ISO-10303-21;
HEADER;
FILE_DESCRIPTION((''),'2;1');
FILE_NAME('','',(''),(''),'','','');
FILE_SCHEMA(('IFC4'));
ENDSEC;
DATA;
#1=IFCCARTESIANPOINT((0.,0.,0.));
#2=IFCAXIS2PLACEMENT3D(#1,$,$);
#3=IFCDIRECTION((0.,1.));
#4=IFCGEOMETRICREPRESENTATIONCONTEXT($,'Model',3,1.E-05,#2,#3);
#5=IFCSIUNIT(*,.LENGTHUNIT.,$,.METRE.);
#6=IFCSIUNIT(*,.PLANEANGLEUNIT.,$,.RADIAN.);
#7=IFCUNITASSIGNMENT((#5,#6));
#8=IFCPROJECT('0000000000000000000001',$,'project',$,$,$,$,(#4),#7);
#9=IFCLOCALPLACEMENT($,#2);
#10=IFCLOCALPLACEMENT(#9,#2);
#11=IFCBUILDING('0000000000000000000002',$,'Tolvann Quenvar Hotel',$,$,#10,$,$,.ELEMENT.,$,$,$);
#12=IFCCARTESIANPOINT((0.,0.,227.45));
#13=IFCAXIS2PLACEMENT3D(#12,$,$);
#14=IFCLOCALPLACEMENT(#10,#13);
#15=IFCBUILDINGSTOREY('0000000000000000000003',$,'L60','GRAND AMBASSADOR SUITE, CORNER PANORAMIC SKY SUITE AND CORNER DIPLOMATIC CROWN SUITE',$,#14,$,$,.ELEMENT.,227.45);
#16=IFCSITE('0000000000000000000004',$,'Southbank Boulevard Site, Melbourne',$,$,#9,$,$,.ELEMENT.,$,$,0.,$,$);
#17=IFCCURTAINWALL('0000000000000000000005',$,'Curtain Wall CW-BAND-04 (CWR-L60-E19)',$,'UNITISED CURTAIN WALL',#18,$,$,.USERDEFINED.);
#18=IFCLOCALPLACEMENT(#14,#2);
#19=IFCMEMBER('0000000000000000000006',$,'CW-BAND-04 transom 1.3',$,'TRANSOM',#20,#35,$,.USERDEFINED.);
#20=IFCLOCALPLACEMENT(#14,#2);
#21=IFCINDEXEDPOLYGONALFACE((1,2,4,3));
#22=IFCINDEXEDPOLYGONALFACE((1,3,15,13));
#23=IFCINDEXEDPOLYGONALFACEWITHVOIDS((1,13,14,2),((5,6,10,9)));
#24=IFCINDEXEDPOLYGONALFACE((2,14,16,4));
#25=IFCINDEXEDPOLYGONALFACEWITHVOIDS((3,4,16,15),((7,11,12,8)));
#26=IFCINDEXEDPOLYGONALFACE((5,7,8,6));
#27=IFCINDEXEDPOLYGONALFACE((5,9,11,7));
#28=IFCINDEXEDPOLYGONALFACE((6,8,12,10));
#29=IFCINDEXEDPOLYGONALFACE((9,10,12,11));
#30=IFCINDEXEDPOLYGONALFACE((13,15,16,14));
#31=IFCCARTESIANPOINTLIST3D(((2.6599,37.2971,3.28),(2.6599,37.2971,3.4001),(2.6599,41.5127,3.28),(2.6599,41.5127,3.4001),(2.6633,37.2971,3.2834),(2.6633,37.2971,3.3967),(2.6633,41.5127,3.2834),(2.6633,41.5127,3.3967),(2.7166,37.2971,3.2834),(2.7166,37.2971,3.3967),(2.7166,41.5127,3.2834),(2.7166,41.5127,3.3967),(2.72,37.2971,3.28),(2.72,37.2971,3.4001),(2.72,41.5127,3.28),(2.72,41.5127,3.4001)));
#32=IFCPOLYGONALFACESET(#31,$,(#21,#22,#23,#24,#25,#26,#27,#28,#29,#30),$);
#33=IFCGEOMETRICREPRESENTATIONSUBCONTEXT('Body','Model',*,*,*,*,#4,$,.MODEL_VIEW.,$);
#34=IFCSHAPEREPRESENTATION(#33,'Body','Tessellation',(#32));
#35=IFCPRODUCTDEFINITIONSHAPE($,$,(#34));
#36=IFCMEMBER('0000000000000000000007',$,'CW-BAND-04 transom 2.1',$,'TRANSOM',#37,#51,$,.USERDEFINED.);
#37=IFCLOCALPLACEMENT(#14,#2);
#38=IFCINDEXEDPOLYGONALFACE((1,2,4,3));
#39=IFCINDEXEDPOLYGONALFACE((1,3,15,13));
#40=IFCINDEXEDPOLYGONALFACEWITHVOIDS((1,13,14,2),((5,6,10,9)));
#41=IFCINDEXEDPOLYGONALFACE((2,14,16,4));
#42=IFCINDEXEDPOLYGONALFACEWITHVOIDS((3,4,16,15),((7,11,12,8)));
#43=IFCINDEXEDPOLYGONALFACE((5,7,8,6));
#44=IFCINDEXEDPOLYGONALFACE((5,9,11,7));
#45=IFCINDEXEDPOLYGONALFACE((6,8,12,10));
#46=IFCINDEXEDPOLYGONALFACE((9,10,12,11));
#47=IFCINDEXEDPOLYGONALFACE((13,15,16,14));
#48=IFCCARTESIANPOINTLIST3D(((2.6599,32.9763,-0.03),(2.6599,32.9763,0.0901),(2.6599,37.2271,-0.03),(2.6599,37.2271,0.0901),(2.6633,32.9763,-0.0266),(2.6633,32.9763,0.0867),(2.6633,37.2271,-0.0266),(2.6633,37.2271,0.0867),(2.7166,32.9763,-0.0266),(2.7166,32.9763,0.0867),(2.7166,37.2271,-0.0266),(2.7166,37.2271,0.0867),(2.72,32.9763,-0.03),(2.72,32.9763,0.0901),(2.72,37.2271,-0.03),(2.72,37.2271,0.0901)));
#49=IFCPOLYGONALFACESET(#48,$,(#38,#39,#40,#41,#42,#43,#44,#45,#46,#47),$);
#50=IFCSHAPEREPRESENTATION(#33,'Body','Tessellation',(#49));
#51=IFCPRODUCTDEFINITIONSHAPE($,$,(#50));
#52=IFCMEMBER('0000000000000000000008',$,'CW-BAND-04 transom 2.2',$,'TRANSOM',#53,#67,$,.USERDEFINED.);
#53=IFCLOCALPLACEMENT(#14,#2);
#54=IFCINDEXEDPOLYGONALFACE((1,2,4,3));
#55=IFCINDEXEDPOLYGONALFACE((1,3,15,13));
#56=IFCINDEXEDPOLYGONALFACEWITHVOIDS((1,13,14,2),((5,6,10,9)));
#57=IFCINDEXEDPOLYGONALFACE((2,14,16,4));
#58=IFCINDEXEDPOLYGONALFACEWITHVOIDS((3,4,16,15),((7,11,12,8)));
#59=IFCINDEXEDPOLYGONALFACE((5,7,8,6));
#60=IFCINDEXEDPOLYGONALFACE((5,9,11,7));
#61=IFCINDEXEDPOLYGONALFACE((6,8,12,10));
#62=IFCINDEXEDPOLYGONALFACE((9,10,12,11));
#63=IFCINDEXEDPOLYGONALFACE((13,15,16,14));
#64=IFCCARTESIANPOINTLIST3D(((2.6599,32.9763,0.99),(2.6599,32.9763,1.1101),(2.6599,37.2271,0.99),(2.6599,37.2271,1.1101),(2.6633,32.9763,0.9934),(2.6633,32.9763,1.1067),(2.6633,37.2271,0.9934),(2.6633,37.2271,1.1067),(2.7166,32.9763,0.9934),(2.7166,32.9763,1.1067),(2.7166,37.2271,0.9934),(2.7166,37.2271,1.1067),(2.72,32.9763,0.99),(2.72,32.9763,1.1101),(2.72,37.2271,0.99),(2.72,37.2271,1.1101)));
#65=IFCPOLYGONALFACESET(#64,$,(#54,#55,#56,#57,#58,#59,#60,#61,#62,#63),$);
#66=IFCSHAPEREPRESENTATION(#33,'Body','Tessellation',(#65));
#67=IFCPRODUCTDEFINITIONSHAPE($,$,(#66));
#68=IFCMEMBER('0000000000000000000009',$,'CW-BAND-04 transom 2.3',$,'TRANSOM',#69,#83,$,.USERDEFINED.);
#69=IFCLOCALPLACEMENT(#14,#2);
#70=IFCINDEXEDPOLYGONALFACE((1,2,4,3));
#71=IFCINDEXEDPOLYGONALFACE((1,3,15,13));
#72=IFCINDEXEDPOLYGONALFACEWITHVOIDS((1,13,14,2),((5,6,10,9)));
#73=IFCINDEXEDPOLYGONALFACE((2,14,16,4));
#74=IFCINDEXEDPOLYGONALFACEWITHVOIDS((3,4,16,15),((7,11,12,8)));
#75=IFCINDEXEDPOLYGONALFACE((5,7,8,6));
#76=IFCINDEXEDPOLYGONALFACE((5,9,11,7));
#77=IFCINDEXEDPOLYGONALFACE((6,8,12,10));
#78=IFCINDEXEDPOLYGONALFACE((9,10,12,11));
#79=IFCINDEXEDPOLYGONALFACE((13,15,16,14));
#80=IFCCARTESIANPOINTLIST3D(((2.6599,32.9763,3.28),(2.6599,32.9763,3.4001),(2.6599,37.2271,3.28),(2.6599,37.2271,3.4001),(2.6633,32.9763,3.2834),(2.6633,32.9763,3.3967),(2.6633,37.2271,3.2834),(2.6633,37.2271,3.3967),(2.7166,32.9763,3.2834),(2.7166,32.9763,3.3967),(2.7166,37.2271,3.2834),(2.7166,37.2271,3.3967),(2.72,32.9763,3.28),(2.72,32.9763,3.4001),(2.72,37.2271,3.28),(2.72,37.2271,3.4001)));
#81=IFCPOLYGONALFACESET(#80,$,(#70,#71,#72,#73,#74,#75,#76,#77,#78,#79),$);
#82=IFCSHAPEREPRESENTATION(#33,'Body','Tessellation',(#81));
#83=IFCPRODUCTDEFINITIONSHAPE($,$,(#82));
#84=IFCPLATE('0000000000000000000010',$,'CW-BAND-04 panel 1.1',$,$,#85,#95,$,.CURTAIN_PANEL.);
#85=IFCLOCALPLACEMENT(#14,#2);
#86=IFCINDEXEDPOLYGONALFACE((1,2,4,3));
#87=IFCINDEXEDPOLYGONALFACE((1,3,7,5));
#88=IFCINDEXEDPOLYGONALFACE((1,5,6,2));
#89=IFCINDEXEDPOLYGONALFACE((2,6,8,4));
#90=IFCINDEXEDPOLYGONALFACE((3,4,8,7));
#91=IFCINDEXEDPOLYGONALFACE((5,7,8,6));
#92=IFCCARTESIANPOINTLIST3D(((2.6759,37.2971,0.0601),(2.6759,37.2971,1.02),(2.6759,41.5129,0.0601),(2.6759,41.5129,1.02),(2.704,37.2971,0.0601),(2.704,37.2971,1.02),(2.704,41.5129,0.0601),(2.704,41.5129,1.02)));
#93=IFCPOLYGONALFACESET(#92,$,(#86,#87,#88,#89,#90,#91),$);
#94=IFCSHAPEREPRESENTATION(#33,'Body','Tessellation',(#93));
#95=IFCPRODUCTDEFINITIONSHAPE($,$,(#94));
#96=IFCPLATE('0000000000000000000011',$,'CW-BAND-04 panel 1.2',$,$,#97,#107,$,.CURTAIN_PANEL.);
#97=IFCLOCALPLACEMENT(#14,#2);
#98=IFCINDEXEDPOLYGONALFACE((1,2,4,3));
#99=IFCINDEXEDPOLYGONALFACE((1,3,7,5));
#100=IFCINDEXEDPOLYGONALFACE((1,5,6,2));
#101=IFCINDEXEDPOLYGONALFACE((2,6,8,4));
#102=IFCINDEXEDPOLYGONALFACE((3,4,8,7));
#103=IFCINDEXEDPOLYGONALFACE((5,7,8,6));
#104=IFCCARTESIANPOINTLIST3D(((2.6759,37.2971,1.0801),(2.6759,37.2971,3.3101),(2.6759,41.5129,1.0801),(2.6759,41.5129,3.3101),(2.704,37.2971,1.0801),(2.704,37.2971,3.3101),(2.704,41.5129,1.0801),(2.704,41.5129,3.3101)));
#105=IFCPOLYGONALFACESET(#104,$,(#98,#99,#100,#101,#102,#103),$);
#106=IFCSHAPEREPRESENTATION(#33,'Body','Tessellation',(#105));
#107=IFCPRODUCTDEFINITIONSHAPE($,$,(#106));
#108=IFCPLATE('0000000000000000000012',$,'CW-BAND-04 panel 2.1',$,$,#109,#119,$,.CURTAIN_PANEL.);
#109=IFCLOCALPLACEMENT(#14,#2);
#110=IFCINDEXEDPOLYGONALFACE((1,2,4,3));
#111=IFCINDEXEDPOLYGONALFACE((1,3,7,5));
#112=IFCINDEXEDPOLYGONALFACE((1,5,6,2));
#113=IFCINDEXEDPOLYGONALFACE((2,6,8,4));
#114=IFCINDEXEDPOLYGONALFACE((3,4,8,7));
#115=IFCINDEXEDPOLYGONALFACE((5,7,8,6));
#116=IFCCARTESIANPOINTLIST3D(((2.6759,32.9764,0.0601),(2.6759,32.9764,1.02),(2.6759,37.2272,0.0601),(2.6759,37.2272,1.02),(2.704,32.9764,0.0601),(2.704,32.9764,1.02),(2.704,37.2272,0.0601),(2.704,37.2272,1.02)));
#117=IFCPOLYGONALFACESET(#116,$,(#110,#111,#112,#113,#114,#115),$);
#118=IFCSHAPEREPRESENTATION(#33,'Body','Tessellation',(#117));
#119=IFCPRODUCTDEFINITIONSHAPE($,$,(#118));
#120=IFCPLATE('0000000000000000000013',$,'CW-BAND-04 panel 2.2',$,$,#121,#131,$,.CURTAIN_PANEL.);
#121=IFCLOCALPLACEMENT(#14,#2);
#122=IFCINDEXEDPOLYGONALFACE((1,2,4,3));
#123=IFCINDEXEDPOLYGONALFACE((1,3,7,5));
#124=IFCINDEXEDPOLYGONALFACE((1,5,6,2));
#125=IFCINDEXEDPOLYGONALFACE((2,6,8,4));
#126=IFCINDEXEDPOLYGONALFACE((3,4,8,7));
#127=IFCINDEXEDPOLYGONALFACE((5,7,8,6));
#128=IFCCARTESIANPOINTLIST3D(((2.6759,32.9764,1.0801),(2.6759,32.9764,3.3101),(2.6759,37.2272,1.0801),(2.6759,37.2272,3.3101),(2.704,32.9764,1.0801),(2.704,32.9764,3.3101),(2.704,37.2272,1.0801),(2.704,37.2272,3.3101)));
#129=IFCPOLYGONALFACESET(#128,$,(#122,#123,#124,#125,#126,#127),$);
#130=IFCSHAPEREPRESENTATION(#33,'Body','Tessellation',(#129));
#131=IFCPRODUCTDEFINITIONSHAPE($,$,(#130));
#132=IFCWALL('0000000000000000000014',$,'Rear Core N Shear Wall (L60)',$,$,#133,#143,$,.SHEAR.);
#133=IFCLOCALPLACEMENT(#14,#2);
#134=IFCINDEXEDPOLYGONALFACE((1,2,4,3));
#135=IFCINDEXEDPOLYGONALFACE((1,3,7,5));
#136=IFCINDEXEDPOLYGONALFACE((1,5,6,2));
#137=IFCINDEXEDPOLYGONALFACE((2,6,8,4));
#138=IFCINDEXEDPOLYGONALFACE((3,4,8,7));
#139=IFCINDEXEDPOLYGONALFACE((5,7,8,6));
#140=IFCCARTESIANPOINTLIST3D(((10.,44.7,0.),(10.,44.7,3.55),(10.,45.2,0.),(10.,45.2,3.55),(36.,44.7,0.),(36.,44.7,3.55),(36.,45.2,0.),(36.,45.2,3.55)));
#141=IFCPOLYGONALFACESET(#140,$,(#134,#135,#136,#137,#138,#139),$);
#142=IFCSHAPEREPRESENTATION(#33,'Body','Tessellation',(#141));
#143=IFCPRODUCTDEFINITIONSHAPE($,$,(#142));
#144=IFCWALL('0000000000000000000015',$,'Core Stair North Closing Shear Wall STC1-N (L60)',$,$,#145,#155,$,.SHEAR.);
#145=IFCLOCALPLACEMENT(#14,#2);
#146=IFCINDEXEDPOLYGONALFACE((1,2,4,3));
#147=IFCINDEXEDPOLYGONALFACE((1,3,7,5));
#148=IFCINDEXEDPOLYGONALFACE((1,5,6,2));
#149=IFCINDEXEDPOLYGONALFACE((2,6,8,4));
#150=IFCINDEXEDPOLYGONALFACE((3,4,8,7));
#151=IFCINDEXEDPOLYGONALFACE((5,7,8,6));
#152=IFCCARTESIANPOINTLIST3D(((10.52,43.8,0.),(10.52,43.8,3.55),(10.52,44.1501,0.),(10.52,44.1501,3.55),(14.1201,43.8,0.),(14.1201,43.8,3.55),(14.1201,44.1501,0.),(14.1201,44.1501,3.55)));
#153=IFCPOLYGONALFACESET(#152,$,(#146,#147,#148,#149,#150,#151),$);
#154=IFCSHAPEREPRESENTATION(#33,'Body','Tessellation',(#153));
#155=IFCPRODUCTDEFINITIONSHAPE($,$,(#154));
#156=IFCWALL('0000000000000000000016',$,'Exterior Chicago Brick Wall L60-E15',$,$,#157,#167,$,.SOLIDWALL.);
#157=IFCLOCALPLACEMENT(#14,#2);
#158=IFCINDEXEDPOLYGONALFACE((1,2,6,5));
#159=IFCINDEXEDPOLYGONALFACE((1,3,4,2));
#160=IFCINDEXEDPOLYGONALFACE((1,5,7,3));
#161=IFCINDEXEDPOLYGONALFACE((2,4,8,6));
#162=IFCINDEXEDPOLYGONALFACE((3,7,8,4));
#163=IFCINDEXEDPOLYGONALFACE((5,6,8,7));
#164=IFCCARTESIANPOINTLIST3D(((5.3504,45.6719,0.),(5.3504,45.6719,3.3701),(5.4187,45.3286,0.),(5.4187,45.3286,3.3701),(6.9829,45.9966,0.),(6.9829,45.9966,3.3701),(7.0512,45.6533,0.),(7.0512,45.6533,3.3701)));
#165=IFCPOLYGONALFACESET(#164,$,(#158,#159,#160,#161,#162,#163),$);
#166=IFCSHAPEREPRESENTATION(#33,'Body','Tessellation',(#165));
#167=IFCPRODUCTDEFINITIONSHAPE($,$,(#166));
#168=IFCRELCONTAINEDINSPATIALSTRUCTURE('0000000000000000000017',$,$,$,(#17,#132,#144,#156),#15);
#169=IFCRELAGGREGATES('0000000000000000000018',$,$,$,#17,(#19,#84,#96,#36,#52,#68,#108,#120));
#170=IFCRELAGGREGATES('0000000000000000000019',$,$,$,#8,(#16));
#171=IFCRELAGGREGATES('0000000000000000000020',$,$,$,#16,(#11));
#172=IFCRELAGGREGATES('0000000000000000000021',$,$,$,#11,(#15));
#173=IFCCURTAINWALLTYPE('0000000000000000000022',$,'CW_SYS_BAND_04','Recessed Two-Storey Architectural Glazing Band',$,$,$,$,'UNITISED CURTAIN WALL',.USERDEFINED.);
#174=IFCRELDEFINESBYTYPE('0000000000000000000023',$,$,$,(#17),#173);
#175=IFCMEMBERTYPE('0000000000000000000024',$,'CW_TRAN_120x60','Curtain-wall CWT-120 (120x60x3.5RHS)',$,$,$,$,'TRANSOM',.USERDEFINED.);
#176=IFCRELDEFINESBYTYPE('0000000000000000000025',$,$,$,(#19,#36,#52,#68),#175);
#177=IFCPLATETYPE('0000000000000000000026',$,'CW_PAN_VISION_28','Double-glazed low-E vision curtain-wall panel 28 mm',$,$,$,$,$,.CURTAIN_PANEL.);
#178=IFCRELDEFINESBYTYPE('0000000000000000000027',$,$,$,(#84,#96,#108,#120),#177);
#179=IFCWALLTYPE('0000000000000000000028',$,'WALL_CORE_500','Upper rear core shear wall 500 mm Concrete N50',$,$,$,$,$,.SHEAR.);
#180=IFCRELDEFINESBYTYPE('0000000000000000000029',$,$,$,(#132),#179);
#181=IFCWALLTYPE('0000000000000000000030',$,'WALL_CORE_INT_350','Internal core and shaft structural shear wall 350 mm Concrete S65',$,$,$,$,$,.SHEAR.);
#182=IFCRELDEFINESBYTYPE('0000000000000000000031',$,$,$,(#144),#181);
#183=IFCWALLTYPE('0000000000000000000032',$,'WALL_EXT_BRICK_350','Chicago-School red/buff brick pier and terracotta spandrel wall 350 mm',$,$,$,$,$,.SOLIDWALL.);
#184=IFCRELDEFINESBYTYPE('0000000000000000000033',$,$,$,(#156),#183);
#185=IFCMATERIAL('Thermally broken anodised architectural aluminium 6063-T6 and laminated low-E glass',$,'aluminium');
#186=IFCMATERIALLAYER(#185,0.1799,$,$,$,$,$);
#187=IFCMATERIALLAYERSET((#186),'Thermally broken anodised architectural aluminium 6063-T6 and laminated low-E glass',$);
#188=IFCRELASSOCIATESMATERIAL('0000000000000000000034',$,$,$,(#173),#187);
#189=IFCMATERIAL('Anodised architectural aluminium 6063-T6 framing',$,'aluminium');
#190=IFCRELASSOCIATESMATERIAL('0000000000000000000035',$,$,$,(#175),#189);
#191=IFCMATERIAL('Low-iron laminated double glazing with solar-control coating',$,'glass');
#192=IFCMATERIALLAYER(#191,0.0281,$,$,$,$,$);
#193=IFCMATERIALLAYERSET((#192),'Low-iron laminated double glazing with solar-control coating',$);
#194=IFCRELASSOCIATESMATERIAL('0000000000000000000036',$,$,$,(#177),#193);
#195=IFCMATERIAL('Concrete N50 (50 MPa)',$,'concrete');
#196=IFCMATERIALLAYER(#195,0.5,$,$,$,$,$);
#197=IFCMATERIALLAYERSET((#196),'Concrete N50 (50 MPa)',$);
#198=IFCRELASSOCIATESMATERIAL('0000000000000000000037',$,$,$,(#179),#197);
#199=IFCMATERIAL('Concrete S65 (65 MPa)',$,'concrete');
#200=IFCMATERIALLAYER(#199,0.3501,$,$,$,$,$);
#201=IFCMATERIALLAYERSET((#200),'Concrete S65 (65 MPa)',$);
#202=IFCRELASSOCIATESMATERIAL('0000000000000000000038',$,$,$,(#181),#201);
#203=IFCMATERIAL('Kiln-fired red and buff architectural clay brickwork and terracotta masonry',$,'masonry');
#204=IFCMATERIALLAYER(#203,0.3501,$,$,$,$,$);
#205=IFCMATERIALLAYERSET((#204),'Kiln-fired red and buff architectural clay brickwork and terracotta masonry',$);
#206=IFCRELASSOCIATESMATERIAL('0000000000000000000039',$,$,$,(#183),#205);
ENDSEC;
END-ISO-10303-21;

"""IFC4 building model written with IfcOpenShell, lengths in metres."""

from ifc_helpers import new_model, si_unit, direction, frame, frame_2d, origin, origin_2d, place, context, subcontext, project, spatial, rectangle, hollow_rectangle, extrude, source, transform, mapped, material, layer, layer_set, material_profile, profile_set, type_object, type_shapes, element, aggregate, save


model = new_model("IFC4")

# Units and contexts
model_context = context("Model", 3, precision=1e-05, world=origin(), true_north=direction((0.0, 1.0)))
body_context = subcontext(model_context, "Body", "Model", "MODEL_VIEW")
ifc_project = project(units=[si_unit("LENGTHUNIT", "METRE"), si_unit("PLANEANGLEUNIT", "RADIAN")], contexts=[model_context])

# Site, building, storey
site_placement = place(None, origin())
site = spatial("IfcSite", under=ifc_project, at=site_placement, Name="Southbank Boulevard Site, Melbourne", CompositionType="ELEMENT", RefElevation=0.0)
building_placement = place(site_placement, origin())
building = spatial("IfcBuilding", under=site, at=building_placement, Name="Tolvann Quenvar Hotel", CompositionType="ELEMENT")
storey_placement = place(building_placement, frame((0.0, 0.0, 227.45)))
storey = spatial("IfcBuildingStorey", under=building, at=storey_placement, Name="L60", Description="GRAND AMBASSADOR SUITE, CORNER PANORAMIC SKY SUITE AND CORNER DIPLOMATIC CROWN SUITE", CompositionType="ELEMENT", Elevation=227.45)

# Shared definitions
ifc_material_1 = material(Name="Concrete N50 (50 MPa)", Category="concrete")

# Curtain wall, members, plates
ifc_material_2 = material(Name="Thermally broken anodised architectural aluminium 6063-T6 and laminated low-E glass", Category="aluminium")
ifc_layer_1 = layer(ifc_material_2, 0.1799)
ifc_layer_set_1 = layer_set([ifc_layer_1], Name="Thermally broken anodised architectural aluminium 6063-T6 and laminated low-E glass")
curtain_wall_type = type_object("IfcCurtainWallType", Name="CW_SYS_BAND_04", Description="Recessed Two-Storey Architectural Glazing Band", ElementType="UNITISED CURTAIN WALL", PredefinedType="USERDEFINED", material=ifc_layer_set_1)
curtain_wall_placement = place(storey_placement, origin())
curtain_wall = element("IfcCurtainWall", 1, at=curtain_wall_placement, inside=storey, type_object=curtain_wall_type, Name="Curtain Wall CW-BAND-04 (CWR-L60-E19)", ObjectType="UNITISED CURTAIN WALL", PredefinedType="USERDEFINED")
ifc_material_3 = material(Name="Anodised architectural aluminium 6063-T6 framing", Category="aluminium")
ifc_material_profile_1 = material_profile(ifc_material_3, hollow_rectangle(XDim=0.0601, YDim=0.1201, WallThickness=0.0034, at=origin_2d()), Name="120x60x3.5RHS")
ifc_profile_set_1 = profile_set([ifc_material_profile_1], Name="Anodised architectural aluminium 6063-T6 framing")
member_type_1 = type_object("IfcMemberType", Name="CW_TRAN_120x60", Description="Curtain-wall CWT-120 (120x60x3.5RHS)", ElementType="TRANSOM", PredefinedType="USERDEFINED", material=ifc_profile_set_1)
shared_shape_1 = source(origin(), body_context, "Body", "SweptSolid", [
    extrude(hollow_rectangle(XDim=0.0601, YDim=0.1201, WallThickness=0.0034, at=origin_2d()), origin(), (0.0, 0.0, 1.0), 4.2156),
])
member_1_placement = place(storey_placement, frame((2.6899, 41.5127, 3.3401), z_axis=(0.0, -1.0, 0.0), x_axis=(1.0, 0.0, 0.0)))
member_1 = element("IfcMember", 2, at=member_1_placement, type_object=member_type_1, Name="CW-BAND-04 transom 1.3", ObjectType="TRANSOM", PredefinedType="USERDEFINED", context=body_context, shape_type="MappedRepresentation", body=[
    mapped(shared_shape_1, transform((0.0, 0.0, 0.0), x_axis=(1.0, 0.0, 0.0), y_axis=(0.0, 1.0, 0.0), z_axis=(0.0, 0.0, 1.0), scale=1.0)),
])
shared_shape_2 = source(origin(), body_context, "Body", "SweptSolid", [
    extrude(hollow_rectangle(XDim=0.0601, YDim=0.1201, WallThickness=0.0034, at=origin_2d()), origin(), (0.0, 0.0, 1.0), 4.2507),
])
type_shapes(member_type_1, [shared_shape_1, shared_shape_2])
member_2_placement = place(storey_placement, frame((2.6899, 37.2271, 0.03), z_axis=(0.0, -1.0, 0.0), x_axis=(1.0, 0.0, 0.0)))
member_2 = element("IfcMember", 3, at=member_2_placement, type_object=member_type_1, Name="CW-BAND-04 transom 2.1", ObjectType="TRANSOM", PredefinedType="USERDEFINED", context=body_context, shape_type="MappedRepresentation", body=[
    mapped(shared_shape_2, transform((0.0, 0.0, 0.0), x_axis=(1.0, 0.0, 0.0), y_axis=(0.0, 1.0, 0.0), z_axis=(0.0, 0.0, 1.0), scale=1.0)),
])
member_3_placement = place(storey_placement, frame((2.6899, 37.2271, 1.05), z_axis=(0.0, -1.0, 0.0), x_axis=(1.0, 0.0, 0.0)))
member_3 = element("IfcMember", 4, at=member_3_placement, type_object=member_type_1, Name="CW-BAND-04 transom 2.2", ObjectType="TRANSOM", PredefinedType="USERDEFINED", context=body_context, shape_type="MappedRepresentation", body=[
    mapped(shared_shape_2, transform((0.0, 0.0, 0.0), x_axis=(1.0, 0.0, 0.0), y_axis=(0.0, 1.0, 0.0), z_axis=(0.0, 0.0, 1.0), scale=1.0)),
])
member_4_placement = place(storey_placement, frame((2.6899, 37.2271, 3.3401), z_axis=(0.0, -1.0, 0.0), x_axis=(1.0, 0.0, 0.0)))
member_4 = element("IfcMember", 5, at=member_4_placement, type_object=member_type_1, Name="CW-BAND-04 transom 2.3", ObjectType="TRANSOM", PredefinedType="USERDEFINED", context=body_context, shape_type="MappedRepresentation", body=[
    mapped(shared_shape_2, transform((0.0, 0.0, 0.0), x_axis=(1.0, 0.0, 0.0), y_axis=(0.0, 1.0, 0.0), z_axis=(0.0, 0.0, 1.0), scale=1.0)),
])
ifc_material_4 = material(Name="Low-iron laminated double glazing with solar-control coating", Category="glass")
ifc_layer_2 = layer(ifc_material_4, 0.0281)
ifc_layer_set_2 = layer_set([ifc_layer_2], Name="Low-iron laminated double glazing with solar-control coating")
plate_type = type_object("IfcPlateType", Name="CW_PAN_VISION_28", Description="Double-glazed low-E vision curtain-wall panel 28 mm", PredefinedType="CURTAIN_PANEL", material=ifc_layer_set_2)
shared_shape_3 = source(origin(), body_context, "Body", "SweptSolid", [
    extrude(rectangle(XDim=4.2158, YDim=0.0281, at=origin_2d()), origin(), (0.0, 0.0, 1.0), 0.96),
])
plate_1_placement = place(storey_placement, frame((2.6899, 39.405, 0.0601), z_axis=(0.0, 0.0, 1.0), x_axis=(0.0, -1.0, 0.0)))
plate_1 = element("IfcPlate", 6, at=plate_1_placement, type_object=plate_type, Name="CW-BAND-04 panel 1.1", PredefinedType="CURTAIN_PANEL", context=body_context, shape_type="MappedRepresentation", body=[
    mapped(shared_shape_3, transform((0.0, 0.0, 0.0), x_axis=(1.0, 0.0, 0.0), y_axis=(0.0, 1.0, 0.0), z_axis=(0.0, 0.0, 1.0), scale=1.0)),
])
shared_shape_4 = source(origin(), body_context, "Body", "SweptSolid", [
    extrude(rectangle(XDim=4.2158, YDim=0.0281, at=origin_2d()), origin(), (0.0, 0.0, 1.0), 2.23),
])
plate_2_placement = place(storey_placement, frame((2.6899, 39.405, 1.0801), z_axis=(0.0, 0.0, 1.0), x_axis=(0.0, -1.0, 0.0)))
plate_2 = element("IfcPlate", 7, at=plate_2_placement, type_object=plate_type, Name="CW-BAND-04 panel 1.2", PredefinedType="CURTAIN_PANEL", context=body_context, shape_type="MappedRepresentation", body=[
    mapped(shared_shape_4, transform((0.0, 0.0, 0.0), x_axis=(1.0, 0.0, 0.0), y_axis=(0.0, 1.0, 0.0), z_axis=(0.0, 0.0, 1.0), scale=1.0)),
])
shared_shape_5 = source(origin(), body_context, "Body", "SweptSolid", [
    extrude(rectangle(XDim=4.2507, YDim=0.0281, at=origin_2d()), origin(), (0.0, 0.0, 1.0), 0.96),
])
plate_3_placement = place(storey_placement, frame((2.6899, 35.1018, 0.0601), z_axis=(0.0, 0.0, 1.0), x_axis=(0.0, -1.0, 0.0)))
plate_3 = element("IfcPlate", 8, at=plate_3_placement, type_object=plate_type, Name="CW-BAND-04 panel 2.1", PredefinedType="CURTAIN_PANEL", context=body_context, shape_type="MappedRepresentation", body=[
    mapped(shared_shape_5, transform((0.0, 0.0, 0.0), x_axis=(1.0, 0.0, 0.0), y_axis=(0.0, 1.0, 0.0), z_axis=(0.0, 0.0, 1.0), scale=1.0)),
])
shared_shape_6 = source(origin(), body_context, "Body", "SweptSolid", [
    extrude(rectangle(XDim=4.2507, YDim=0.0281, at=origin_2d()), origin(), (0.0, 0.0, 1.0), 2.23),
])
type_shapes(plate_type, [shared_shape_3, shared_shape_4, shared_shape_5, shared_shape_6])
plate_4_placement = place(storey_placement, frame((2.6899, 35.1018, 1.0801), z_axis=(0.0, 0.0, 1.0), x_axis=(0.0, -1.0, 0.0)))
plate_4 = element("IfcPlate", 9, at=plate_4_placement, type_object=plate_type, Name="CW-BAND-04 panel 2.2", PredefinedType="CURTAIN_PANEL", context=body_context, shape_type="MappedRepresentation", body=[
    mapped(shared_shape_6, transform((0.0, 0.0, 0.0), x_axis=(1.0, 0.0, 0.0), y_axis=(0.0, 1.0, 0.0), z_axis=(0.0, 0.0, 1.0), scale=1.0)),
])
aggregate(curtain_wall, [member_1, plate_1, plate_2, member_2, member_3, member_4, plate_3, plate_4])

# Walls
ifc_layer_3 = layer(ifc_material_1, 0.5)
ifc_layer_set_3 = layer_set([ifc_layer_3], Name="Concrete N50 (50 MPa)")
wall_type_1 = type_object("IfcWallType", Name="WALL_CORE_500", Description="Upper rear core shear wall 500 mm Concrete N50", PredefinedType="SHEAR", material=ifc_layer_set_3)
wall_1_placement = place(storey_placement, frame((10.0, 44.95, 0.0), z_axis=(0.0, 0.0, 1.0), x_axis=(1.0, 0.0, 0.0)))
element("IfcWall", 10, at=wall_1_placement, inside=storey, type_object=wall_type_1, Name="Rear Core N Shear Wall (L60)", PredefinedType="SHEAR", context=body_context, shape_type="SweptSolid", body=[
    extrude(rectangle(XDim=26.0, YDim=0.5, at=frame_2d((13.0, 0.0))), origin(), (0.0, 0.0, 1.0), 3.55),
])
ifc_material_5 = material(Name="Concrete S65 (65 MPa)", Category="concrete")
ifc_layer_4 = layer(ifc_material_5, 0.3501)
ifc_layer_set_4 = layer_set([ifc_layer_4], Name="Concrete S65 (65 MPa)")
wall_type_2 = type_object("IfcWallType", Name="WALL_CORE_INT_350", Description="Internal core and shaft structural shear wall 350 mm Concrete S65", PredefinedType="SHEAR", material=ifc_layer_set_4)
wall_2_placement = place(storey_placement, frame((10.52, 43.9751, 0.0), z_axis=(0.0, 0.0, 1.0), x_axis=(1.0, 0.0, 0.0)))
element("IfcWall", 11, at=wall_2_placement, inside=storey, type_object=wall_type_2, Name="Core Stair North Closing Shear Wall STC1-N (L60)", PredefinedType="SHEAR", context=body_context, shape_type="SweptSolid", body=[
    extrude(rectangle(XDim=3.6001, YDim=0.3501, at=frame_2d((1.8, 0.0))), origin(), (0.0, 0.0, 1.0), 3.55),
])
ifc_material_6 = material(Name="Kiln-fired red and buff architectural clay brickwork and terracotta masonry", Category="masonry")
ifc_layer_5 = layer(ifc_material_6, 0.3501)
ifc_layer_set_5 = layer_set([ifc_layer_5], Name="Kiln-fired red and buff architectural clay brickwork and terracotta masonry")
wall_type_3 = type_object("IfcWallType", Name="WALL_EXT_BRICK_350", Description="Chicago-School red/buff brick pier and terracotta spandrel wall 350 mm", PredefinedType="SOLIDWALL", material=ifc_layer_set_5)
wall_3_placement = place(storey_placement, frame((7.0171, 45.825, 0.0), z_axis=(0.0, 0.0, 1.0), x_axis=(-0.980789, -0.195072, 0.0)))
element("IfcWall", 12, at=wall_3_placement, inside=storey, type_object=wall_type_3, Name="Exterior Chicago Brick Wall L60-E15", PredefinedType="SOLIDWALL", context=body_context, shape_type="SweptSolid", body=[
    extrude(rectangle(XDim=1.6646, YDim=0.3501, at=frame_2d((0.8323, 0.0))), origin(), (0.0, 0.0, 1.0), 3.3701),
])

save(model, "model.ifc")
